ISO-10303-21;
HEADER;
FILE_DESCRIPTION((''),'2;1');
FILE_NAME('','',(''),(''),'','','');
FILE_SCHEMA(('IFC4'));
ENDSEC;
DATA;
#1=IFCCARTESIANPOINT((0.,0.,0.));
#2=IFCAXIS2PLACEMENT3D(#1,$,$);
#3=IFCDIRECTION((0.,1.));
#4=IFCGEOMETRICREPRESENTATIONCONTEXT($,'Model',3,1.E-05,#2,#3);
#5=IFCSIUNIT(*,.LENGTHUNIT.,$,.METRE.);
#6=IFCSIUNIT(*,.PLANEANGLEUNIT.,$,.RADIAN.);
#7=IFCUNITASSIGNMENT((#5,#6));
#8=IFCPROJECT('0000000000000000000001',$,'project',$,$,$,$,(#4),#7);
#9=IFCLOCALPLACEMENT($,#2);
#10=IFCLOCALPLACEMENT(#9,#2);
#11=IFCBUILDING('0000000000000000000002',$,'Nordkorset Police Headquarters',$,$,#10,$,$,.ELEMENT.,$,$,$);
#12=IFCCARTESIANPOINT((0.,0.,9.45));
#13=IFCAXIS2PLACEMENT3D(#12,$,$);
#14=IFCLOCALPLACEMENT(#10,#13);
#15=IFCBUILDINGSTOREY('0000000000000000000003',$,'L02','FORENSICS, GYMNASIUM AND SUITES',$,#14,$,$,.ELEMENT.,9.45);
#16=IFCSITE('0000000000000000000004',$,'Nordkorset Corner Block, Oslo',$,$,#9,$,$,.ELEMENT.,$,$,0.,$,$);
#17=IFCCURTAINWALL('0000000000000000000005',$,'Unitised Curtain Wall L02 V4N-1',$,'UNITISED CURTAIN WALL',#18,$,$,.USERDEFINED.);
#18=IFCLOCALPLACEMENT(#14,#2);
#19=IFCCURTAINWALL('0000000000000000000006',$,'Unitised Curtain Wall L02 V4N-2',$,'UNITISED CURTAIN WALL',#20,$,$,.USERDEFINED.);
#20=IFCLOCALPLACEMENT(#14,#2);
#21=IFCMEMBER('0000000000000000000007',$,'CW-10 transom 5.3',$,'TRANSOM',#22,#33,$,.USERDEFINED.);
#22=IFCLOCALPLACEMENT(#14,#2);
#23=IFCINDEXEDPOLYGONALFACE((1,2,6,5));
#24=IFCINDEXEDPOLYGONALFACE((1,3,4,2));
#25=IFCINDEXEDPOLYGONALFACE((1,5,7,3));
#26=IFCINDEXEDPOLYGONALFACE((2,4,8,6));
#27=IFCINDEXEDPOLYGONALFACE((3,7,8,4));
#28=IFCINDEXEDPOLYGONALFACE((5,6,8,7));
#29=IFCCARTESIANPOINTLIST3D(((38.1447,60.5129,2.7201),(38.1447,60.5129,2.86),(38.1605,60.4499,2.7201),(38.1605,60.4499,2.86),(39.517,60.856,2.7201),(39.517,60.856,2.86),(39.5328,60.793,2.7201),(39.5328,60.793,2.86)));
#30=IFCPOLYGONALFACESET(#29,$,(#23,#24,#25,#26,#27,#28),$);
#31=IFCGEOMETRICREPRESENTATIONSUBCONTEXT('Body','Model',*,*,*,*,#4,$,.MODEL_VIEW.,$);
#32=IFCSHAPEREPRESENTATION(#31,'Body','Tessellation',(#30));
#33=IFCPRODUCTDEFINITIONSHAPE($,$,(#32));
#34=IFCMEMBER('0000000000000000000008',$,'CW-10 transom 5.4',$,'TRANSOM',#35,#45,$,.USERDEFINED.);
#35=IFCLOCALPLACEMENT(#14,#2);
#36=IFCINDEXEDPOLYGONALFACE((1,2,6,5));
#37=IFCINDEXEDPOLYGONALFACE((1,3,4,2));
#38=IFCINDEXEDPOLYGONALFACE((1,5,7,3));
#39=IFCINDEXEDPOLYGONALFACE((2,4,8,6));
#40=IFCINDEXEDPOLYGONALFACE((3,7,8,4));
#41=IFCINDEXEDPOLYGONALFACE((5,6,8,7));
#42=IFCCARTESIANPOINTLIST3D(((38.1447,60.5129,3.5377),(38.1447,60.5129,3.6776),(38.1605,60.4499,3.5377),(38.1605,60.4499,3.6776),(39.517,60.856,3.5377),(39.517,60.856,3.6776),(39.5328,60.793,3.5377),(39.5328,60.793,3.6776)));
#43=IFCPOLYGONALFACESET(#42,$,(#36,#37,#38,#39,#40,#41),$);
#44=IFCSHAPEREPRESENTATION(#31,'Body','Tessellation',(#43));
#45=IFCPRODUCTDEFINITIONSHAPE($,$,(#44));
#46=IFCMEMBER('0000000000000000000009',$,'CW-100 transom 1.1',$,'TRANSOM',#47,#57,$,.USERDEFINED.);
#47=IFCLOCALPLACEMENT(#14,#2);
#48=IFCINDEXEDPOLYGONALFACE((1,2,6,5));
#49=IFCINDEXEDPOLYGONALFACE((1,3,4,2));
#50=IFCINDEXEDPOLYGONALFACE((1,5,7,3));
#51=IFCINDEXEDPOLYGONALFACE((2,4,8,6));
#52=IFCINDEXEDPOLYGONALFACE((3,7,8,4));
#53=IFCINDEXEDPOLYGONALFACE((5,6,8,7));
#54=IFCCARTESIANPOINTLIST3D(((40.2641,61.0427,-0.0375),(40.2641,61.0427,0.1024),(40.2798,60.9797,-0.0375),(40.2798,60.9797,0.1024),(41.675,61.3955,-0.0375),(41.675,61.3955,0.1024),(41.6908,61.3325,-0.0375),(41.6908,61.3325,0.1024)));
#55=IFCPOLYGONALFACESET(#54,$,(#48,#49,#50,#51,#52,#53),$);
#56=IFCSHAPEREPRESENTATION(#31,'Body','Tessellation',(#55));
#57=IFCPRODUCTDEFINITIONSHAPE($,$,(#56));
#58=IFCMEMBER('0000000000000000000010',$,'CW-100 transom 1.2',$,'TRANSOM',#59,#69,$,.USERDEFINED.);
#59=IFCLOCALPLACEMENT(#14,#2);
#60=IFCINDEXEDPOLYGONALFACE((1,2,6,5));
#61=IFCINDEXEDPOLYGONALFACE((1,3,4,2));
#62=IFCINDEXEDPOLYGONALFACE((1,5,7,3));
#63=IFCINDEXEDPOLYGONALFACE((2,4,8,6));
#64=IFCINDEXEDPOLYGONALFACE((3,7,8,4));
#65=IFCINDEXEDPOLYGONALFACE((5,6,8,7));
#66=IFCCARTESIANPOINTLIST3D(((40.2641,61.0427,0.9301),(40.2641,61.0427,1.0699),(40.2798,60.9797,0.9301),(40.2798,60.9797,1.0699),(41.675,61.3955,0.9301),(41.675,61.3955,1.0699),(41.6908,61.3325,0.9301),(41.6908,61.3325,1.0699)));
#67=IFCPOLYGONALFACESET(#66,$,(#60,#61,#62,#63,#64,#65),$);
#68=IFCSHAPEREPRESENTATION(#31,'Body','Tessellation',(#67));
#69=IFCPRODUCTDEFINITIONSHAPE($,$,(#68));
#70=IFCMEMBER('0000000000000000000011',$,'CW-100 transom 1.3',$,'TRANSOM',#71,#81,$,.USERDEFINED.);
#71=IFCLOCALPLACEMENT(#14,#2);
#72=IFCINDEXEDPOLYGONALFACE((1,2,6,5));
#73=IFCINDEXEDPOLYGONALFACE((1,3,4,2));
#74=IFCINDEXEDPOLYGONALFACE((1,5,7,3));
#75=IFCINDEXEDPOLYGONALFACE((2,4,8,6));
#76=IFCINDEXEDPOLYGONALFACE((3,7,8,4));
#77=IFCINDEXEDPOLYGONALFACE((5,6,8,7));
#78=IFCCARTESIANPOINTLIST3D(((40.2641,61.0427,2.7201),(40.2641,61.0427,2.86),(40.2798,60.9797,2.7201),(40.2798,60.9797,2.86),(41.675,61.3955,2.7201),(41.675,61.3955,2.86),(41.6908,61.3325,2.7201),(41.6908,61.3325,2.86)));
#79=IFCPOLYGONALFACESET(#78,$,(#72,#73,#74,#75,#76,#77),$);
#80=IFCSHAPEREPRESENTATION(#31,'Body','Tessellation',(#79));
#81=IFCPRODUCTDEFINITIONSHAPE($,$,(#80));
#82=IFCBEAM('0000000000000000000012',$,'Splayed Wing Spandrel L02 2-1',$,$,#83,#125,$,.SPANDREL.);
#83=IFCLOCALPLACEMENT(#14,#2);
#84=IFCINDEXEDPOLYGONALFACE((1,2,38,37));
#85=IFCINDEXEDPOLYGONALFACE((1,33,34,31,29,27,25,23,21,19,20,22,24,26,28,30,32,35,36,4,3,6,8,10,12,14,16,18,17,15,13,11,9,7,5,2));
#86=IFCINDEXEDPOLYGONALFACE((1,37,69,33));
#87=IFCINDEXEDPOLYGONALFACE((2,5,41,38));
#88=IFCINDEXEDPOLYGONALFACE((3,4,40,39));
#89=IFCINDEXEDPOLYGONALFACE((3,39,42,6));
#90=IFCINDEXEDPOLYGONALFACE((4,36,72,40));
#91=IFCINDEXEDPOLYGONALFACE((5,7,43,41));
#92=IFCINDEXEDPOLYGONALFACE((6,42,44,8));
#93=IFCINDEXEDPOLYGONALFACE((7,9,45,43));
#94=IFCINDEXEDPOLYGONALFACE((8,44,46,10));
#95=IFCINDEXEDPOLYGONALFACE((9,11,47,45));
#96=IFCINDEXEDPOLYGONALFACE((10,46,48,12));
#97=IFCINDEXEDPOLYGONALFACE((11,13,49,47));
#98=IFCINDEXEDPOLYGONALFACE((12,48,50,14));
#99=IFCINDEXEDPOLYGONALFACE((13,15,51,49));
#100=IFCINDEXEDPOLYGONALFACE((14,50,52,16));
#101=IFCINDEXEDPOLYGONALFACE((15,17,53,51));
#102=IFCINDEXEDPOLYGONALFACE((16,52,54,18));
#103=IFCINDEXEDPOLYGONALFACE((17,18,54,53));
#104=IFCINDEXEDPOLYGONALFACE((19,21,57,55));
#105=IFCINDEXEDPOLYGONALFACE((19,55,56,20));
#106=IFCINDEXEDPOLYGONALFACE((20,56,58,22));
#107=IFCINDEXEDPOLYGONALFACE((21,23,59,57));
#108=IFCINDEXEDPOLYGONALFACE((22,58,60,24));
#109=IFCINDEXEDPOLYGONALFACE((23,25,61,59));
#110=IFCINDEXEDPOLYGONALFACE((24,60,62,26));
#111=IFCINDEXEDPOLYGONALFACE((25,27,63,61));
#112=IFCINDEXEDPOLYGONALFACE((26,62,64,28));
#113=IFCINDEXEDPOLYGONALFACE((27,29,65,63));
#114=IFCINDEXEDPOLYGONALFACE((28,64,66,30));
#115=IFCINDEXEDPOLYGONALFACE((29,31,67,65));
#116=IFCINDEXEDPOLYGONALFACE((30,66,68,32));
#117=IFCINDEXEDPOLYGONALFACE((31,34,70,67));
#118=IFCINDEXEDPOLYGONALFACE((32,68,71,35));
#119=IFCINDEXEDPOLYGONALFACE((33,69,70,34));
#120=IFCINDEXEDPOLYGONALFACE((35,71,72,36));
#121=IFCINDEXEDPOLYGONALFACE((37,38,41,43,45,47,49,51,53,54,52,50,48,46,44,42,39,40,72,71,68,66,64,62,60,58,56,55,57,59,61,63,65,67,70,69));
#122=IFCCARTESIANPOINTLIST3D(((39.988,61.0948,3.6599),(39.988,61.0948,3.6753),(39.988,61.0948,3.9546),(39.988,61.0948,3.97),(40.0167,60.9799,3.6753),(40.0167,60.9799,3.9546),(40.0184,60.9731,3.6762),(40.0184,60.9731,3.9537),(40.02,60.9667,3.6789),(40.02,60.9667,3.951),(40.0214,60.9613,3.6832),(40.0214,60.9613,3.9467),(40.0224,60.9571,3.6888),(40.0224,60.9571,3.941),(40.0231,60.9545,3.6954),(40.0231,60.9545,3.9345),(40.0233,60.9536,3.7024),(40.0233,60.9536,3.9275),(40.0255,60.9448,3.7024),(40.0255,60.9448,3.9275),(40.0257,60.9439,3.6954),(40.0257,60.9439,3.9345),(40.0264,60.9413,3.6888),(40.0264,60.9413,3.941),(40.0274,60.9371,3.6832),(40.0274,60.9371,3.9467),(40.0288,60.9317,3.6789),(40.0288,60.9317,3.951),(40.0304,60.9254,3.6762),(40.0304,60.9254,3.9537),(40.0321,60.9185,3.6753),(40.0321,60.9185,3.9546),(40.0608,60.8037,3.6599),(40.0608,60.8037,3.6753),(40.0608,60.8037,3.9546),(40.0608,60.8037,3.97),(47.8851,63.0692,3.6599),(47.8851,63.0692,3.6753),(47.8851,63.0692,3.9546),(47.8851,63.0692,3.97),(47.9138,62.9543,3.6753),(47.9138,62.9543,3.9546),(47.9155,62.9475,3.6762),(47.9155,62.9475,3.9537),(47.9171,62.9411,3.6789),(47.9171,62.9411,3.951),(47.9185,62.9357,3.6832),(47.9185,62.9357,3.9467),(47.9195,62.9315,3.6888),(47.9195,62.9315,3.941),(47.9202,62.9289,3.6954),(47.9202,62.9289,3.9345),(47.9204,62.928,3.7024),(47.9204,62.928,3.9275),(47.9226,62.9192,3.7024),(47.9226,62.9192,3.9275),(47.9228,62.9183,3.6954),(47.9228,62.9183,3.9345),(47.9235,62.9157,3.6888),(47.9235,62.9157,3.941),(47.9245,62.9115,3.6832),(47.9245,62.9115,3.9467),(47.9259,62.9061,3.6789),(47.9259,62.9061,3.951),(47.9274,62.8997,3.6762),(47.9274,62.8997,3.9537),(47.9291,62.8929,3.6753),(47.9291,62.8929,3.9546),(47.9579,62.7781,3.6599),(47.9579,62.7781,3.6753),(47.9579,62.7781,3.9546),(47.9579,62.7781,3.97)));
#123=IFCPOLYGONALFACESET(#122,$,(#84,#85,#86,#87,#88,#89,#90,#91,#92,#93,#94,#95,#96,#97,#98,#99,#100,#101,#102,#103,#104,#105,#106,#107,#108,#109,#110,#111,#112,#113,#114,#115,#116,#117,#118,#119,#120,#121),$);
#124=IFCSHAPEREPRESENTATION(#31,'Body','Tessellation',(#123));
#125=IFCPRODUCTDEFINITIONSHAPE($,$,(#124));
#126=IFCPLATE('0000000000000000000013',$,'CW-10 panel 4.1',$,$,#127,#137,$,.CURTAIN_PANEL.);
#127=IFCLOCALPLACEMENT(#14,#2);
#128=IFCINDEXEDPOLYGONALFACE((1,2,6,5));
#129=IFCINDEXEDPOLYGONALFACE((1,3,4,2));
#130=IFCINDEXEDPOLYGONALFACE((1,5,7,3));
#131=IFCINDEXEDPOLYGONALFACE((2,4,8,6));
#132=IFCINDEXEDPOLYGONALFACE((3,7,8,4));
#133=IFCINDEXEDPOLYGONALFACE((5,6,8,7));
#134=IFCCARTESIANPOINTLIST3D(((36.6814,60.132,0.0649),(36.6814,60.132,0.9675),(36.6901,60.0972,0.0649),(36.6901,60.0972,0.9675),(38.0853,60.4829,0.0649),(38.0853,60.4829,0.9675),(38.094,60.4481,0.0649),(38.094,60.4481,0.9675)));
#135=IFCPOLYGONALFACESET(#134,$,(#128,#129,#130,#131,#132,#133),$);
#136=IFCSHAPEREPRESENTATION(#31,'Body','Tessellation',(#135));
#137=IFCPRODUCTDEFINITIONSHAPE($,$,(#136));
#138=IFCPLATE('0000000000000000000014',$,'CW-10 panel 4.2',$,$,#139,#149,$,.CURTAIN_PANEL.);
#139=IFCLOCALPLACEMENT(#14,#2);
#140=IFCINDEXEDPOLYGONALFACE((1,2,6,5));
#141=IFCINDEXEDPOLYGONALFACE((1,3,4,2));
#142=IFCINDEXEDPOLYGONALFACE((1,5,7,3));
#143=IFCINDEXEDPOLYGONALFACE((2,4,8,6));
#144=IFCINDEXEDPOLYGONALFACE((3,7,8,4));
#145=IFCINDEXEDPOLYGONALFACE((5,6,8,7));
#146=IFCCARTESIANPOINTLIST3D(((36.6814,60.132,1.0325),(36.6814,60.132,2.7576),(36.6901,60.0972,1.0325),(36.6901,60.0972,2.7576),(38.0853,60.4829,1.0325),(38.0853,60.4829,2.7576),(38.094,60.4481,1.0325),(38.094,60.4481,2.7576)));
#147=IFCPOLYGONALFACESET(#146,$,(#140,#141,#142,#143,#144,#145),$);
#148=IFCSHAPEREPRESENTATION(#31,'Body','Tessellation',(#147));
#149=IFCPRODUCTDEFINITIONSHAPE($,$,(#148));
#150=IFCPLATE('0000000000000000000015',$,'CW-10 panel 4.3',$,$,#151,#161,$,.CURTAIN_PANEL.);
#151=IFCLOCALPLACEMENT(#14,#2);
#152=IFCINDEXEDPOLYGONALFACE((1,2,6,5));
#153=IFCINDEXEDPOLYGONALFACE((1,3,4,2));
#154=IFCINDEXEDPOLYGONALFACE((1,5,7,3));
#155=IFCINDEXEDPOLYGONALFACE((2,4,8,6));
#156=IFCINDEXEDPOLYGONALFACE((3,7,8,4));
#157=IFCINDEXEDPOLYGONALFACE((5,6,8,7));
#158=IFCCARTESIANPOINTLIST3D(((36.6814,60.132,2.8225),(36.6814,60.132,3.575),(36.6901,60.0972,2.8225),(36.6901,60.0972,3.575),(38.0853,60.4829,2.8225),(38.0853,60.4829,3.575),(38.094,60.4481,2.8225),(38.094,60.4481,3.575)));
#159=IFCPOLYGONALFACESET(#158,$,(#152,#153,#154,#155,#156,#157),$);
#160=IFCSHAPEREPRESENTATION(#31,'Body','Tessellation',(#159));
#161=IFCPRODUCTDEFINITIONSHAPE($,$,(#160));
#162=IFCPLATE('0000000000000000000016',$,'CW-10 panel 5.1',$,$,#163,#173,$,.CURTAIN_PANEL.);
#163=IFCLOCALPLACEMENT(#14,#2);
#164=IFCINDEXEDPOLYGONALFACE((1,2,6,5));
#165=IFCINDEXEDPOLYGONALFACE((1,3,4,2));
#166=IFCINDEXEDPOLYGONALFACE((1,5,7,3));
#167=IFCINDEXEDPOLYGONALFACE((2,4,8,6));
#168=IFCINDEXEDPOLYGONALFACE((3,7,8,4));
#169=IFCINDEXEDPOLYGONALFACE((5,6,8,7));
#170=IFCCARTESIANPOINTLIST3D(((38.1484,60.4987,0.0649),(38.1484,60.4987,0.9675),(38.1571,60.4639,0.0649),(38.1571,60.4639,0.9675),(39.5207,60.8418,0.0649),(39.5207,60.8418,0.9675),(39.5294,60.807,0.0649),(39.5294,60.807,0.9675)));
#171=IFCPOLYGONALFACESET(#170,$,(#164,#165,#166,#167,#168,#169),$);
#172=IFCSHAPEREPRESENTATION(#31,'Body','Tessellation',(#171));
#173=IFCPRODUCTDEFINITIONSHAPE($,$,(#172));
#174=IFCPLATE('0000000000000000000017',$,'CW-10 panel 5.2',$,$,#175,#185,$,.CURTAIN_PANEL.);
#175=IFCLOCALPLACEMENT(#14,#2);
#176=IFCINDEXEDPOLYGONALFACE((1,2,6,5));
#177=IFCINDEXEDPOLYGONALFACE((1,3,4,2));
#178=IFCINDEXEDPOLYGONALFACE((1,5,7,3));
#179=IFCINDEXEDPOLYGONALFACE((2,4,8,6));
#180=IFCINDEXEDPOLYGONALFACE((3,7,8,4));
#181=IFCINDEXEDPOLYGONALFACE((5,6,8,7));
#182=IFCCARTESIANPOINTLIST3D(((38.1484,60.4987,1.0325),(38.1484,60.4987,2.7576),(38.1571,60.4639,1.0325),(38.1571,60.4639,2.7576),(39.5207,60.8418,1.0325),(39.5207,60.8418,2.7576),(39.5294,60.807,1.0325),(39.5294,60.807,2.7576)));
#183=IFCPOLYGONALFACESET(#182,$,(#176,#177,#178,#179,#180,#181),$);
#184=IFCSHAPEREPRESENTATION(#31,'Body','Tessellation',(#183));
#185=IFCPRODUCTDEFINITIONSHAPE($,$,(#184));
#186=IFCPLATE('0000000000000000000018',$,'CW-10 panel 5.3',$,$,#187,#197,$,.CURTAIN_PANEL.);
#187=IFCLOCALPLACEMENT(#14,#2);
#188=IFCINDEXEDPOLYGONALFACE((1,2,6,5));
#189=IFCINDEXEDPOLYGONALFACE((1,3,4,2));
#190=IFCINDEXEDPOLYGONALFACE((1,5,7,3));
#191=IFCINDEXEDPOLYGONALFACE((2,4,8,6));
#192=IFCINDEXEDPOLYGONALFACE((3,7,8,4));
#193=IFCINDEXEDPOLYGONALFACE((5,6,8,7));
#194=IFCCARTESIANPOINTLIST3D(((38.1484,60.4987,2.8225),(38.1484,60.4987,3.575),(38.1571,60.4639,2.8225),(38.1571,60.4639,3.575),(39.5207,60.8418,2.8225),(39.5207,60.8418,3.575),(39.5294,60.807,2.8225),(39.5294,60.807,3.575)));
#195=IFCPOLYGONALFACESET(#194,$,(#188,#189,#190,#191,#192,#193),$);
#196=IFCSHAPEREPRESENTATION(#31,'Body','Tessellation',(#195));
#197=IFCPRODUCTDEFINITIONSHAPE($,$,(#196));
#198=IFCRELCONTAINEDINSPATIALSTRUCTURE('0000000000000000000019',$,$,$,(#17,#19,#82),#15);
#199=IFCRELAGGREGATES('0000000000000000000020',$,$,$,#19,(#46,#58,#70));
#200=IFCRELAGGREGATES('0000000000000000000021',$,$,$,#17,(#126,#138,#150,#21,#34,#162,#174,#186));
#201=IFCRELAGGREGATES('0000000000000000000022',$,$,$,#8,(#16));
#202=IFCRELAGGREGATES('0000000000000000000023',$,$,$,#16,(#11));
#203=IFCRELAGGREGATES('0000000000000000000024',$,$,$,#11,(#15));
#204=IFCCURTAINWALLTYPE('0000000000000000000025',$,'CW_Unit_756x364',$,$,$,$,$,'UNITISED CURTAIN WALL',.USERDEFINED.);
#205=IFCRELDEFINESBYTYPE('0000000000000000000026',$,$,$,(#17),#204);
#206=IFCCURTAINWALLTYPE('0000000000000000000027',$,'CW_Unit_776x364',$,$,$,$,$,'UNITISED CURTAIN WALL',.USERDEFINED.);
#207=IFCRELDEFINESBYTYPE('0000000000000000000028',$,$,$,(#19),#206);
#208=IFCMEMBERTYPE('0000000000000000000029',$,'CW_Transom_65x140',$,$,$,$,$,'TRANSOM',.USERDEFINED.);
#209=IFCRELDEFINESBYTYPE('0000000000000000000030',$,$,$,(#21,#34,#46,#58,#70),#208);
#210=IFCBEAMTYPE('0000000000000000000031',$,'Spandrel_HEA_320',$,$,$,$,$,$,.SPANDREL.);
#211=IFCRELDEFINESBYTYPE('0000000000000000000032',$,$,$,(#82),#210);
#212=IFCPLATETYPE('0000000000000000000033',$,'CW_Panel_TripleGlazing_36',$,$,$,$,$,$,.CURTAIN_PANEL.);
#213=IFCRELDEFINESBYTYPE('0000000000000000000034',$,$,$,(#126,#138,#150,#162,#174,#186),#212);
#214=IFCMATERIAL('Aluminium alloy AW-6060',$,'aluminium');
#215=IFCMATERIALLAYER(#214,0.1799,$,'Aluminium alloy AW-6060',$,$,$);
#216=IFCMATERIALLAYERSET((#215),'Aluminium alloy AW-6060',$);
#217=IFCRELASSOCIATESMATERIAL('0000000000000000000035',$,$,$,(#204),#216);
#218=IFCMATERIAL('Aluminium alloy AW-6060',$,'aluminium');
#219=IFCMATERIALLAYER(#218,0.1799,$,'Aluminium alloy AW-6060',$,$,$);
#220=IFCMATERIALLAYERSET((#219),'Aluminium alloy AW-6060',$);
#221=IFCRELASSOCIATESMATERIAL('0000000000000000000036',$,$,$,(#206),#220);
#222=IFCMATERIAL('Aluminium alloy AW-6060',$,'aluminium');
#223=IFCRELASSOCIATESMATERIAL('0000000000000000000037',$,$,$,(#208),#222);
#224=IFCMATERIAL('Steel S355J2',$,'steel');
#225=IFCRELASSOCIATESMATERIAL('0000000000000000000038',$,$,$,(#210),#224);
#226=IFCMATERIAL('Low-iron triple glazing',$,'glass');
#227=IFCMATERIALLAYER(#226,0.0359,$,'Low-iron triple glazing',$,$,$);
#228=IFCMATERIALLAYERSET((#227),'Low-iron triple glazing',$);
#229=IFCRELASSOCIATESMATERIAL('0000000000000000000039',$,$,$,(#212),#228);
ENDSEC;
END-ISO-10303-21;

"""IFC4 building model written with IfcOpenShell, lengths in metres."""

from ifc_helpers import new_model, si_unit, direction, frame, origin, origin_2d, place, context, subcontext, project, spatial, rectangle, i_section, extrude, material, layer, layer_set, material_profile, profile_set, type_object, element, aggregate, save


model = new_model("IFC4")

# Units and contexts
model_context = context("Model", 3, precision=1e-05, world=origin(), true_north=direction((0.0, 1.0)))
body_context = subcontext(model_context, "Body", "Model", "MODEL_VIEW")
ifc_project = project(units=[si_unit("LENGTHUNIT", "METRE"), si_unit("PLANEANGLEUNIT", "RADIAN")], contexts=[model_context])

# Site, building, storey
site_placement = place(None, origin())
site = spatial("IfcSite", under=ifc_project, at=site_placement, Name="Nordkorset Corner Block, Oslo", CompositionType="ELEMENT", RefElevation=0.0)
building_placement = place(site_placement, origin())
building = spatial("IfcBuilding", under=site, at=building_placement, Name="Nordkorset Police Headquarters", CompositionType="ELEMENT")
storey_placement = place(building_placement, frame((0.0, 0.0, 9.45)))
storey = spatial("IfcBuildingStorey", under=building, at=storey_placement, Name="L02", Description="FORENSICS, GYMNASIUM AND SUITES", CompositionType="ELEMENT", Elevation=9.45)

# Curtain wall
ifc_material_1 = material(Name="Aluminium alloy AW-6060", Category="aluminium")
ifc_layer_1 = layer(ifc_material_1, 0.1799, Name="Aluminium alloy AW-6060")
ifc_layer_set_1 = layer_set([ifc_layer_1], Name="Aluminium alloy AW-6060")
curtain_wall_type_1 = type_object("IfcCurtainWallType", Name="CW_Unit_756x364", ElementType="UNITISED CURTAIN WALL", PredefinedType="USERDEFINED", material=ifc_layer_set_1)
curtain_wall_1_placement = place(storey_placement, origin())
curtain_wall_1 = element("IfcCurtainWall", 1, at=curtain_wall_1_placement, inside=storey, type_object=curtain_wall_type_1, Name="Unitised Curtain Wall L02 V4N-1", ObjectType="UNITISED CURTAIN WALL", PredefinedType="USERDEFINED")

# Curtain wall
ifc_material_2 = material(Name="Aluminium alloy AW-6060", Category="aluminium")
ifc_layer_2 = layer(ifc_material_2, 0.1799, Name="Aluminium alloy AW-6060")
ifc_layer_set_2 = layer_set([ifc_layer_2], Name="Aluminium alloy AW-6060")
curtain_wall_type_2 = type_object("IfcCurtainWallType", Name="CW_Unit_776x364", ElementType="UNITISED CURTAIN WALL", PredefinedType="USERDEFINED", material=ifc_layer_set_2)
curtain_wall_2_placement = place(storey_placement, origin())
curtain_wall_2 = element("IfcCurtainWall", 2, at=curtain_wall_2_placement, inside=storey, type_object=curtain_wall_type_2, Name="Unitised Curtain Wall L02 V4N-2", ObjectType="UNITISED CURTAIN WALL", PredefinedType="USERDEFINED")

# Members
ifc_material_3 = material(Name="Aluminium alloy AW-6060", Category="aluminium")
ifc_material_profile_1 = material_profile(ifc_material_3, rectangle(XDim=0.0649, YDim=0.1399, at=origin_2d()), Name="ALU TRAN 65x140")
ifc_profile_set_1 = profile_set([ifc_material_profile_1], Name="Aluminium alloy AW-6060")
member_type_1 = type_object("IfcMemberType", Name="CW_Transom_65x140", ElementType="TRANSOM", PredefinedType="USERDEFINED", material=ifc_profile_set_1)
member_1_placement = place(storey_placement, frame((38.1526, 60.4814, 2.79), z_axis=(0.970153, 0.242495, 0.0), x_axis=(-0.242495, 0.970153, 0.0)))
member_1 = element("IfcMember", 3, at=member_1_placement, type_object=member_type_1, Name="CW-10 transom 5.3", ObjectType="TRANSOM", PredefinedType="USERDEFINED", context=body_context, shape_type="SweptSolid", body=[
    extrude(rectangle(XDim=0.0649, YDim=0.1399, at=origin_2d()), origin(), (0.0, 0.0, 1.0), 1.4146),
])
member_2_placement = place(storey_placement, frame((38.1526, 60.4814, 3.6077), z_axis=(0.970153, 0.242495, 0.0), x_axis=(-0.242495, 0.970153, 0.0)))
member_2 = element("IfcMember", 4, at=member_2_placement, type_object=member_type_1, Name="CW-10 transom 5.4", ObjectType="TRANSOM", PredefinedType="USERDEFINED", context=body_context, shape_type="SweptSolid", body=[
    extrude(rectangle(XDim=0.0649, YDim=0.1399, at=origin_2d()), origin(), (0.0, 0.0, 1.0), 1.4146),
])
member_3_placement = place(storey_placement, frame((40.272, 61.0112, 0.0325), z_axis=(0.970133, 0.242575, 0.0), x_axis=(-0.242575, 0.970133, 0.0)))
member_3 = element("IfcMember", 5, at=member_3_placement, type_object=member_type_1, Name="CW-100 transom 1.1", ObjectType="TRANSOM", PredefinedType="USERDEFINED", context=body_context, shape_type="SweptSolid", body=[
    extrude(rectangle(XDim=0.0649, YDim=0.1399, at=origin_2d()), origin(), (0.0, 0.0, 1.0), 1.4543),
])
member_4_placement = place(storey_placement, frame((40.272, 61.0112, 1.0), z_axis=(0.970133, 0.242575, 0.0), x_axis=(-0.242575, 0.970133, 0.0)))
member_4 = element("IfcMember", 6, at=member_4_placement, type_object=member_type_1, Name="CW-100 transom 1.2", ObjectType="TRANSOM", PredefinedType="USERDEFINED", context=body_context, shape_type="SweptSolid", body=[
    extrude(rectangle(XDim=0.0649, YDim=0.1399, at=origin_2d()), origin(), (0.0, 0.0, 1.0), 1.4543),
])
member_5_placement = place(storey_placement, frame((40.272, 61.0112, 2.79), z_axis=(0.970133, 0.242575, 0.0), x_axis=(-0.242575, 0.970133, 0.0)))
member_5 = element("IfcMember", 7, at=member_5_placement, type_object=member_type_1, Name="CW-100 transom 1.3", ObjectType="TRANSOM", PredefinedType="USERDEFINED", context=body_context, shape_type="SweptSolid", body=[
    extrude(rectangle(XDim=0.0649, YDim=0.1399, at=origin_2d()), origin(), (0.0, 0.0, 1.0), 1.4543),
])
aggregate(curtain_wall_2, [member_3, member_4, member_5])

# Beam
ifc_material_4 = material(Name="Steel S355J2", Category="steel")
ifc_material_profile_2 = material_profile(ifc_material_4, i_section(OverallWidth=0.3, OverallDepth=0.3101, WebThickness=0.009, FlangeThickness=0.0154, FilletRadius=0.0271, at=origin_2d()), Name="HEA 320")
ifc_profile_set_2 = profile_set([ifc_material_profile_2], Name="Steel S355J2")
beam_type = type_object("IfcBeamType", Name="Spandrel_HEA_320", PredefinedType="SPANDREL", material=ifc_profile_set_2)
beam_placement = place(storey_placement, frame((40.0244, 60.9492, 3.8149), z_axis=(0.970139, 0.24255, 0.0), x_axis=(-0.24255, 0.970139, 0.0)))
element("IfcBeam", 8, at=beam_placement, inside=storey, type_object=beam_type, Name="Splayed Wing Spandrel L02 2-1", PredefinedType="SPANDREL", context=body_context, shape_type="SweptSolid", body=[
    extrude(i_section(OverallWidth=0.3, OverallDepth=0.3101, WebThickness=0.009, FlangeThickness=0.0154, FilletRadius=0.0271, at=origin_2d()), origin(), (0.0, 0.0, 1.0), 8.1401),
])

# Plates
ifc_material_5 = material(Name="Low-iron triple glazing", Category="glass")
ifc_layer_3 = layer(ifc_material_5, 0.0359, Name="Low-iron triple glazing")
ifc_layer_set_3 = layer_set([ifc_layer_3], Name="Low-iron triple glazing")
plate_type = type_object("IfcPlateType", Name="CW_Panel_TripleGlazing_36", PredefinedType="CURTAIN_PANEL", material=ifc_layer_set_3)
plate_1_placement = place(storey_placement, frame((37.3877, 60.29, 0.0649), z_axis=(0.0, 0.0, 1.0), x_axis=(0.970143, 0.242536, 0.0)))
plate_1 = element("IfcPlate", 9, at=plate_1_placement, type_object=plate_type, Name="CW-10 panel 4.1", PredefinedType="CURTAIN_PANEL", context=body_context, shape_type="SweptSolid", body=[
    extrude(rectangle(XDim=1.447, YDim=0.0359, at=origin_2d()), origin(), (0.0, 0.0, 1.0), 0.9026),
])
plate_2_placement = place(storey_placement, frame((37.3877, 60.29, 1.0325), z_axis=(0.0, 0.0, 1.0), x_axis=(0.970143, 0.242536, 0.0)))
plate_2 = element("IfcPlate", 10, at=plate_2_placement, type_object=plate_type, Name="CW-10 panel 4.2", PredefinedType="CURTAIN_PANEL", context=body_context, shape_type="SweptSolid", body=[
    extrude(rectangle(XDim=1.447, YDim=0.0359, at=origin_2d()), origin(), (0.0, 0.0, 1.0), 1.7251),
])
plate_3_placement = place(storey_placement, frame((37.3877, 60.29, 2.8225), z_axis=(0.0, 0.0, 1.0), x_axis=(0.970143, 0.242536, 0.0)))
plate_3 = element("IfcPlate", 11, at=plate_3_placement, type_object=plate_type, Name="CW-10 panel 4.3", PredefinedType="CURTAIN_PANEL", context=body_context, shape_type="SweptSolid", body=[
    extrude(rectangle(XDim=1.447, YDim=0.0359, at=origin_2d()), origin(), (0.0, 0.0, 1.0), 0.7524),
])
plate_4_placement = place(storey_placement, frame((38.8389, 60.6528, 0.0649), z_axis=(0.0, 0.0, 1.0), x_axis=(0.970143, 0.242536, 0.0)))
plate_4 = element("IfcPlate", 12, at=plate_4_placement, type_object=plate_type, Name="CW-10 panel 5.1", PredefinedType="CURTAIN_PANEL", context=body_context, shape_type="SweptSolid", body=[
    extrude(rectangle(XDim=1.4146, YDim=0.0359, at=origin_2d()), origin(), (0.0, 0.0, 1.0), 0.9026),
])
plate_5_placement = place(storey_placement, frame((38.8389, 60.6528, 1.0325), z_axis=(0.0, 0.0, 1.0), x_axis=(0.970143, 0.242536, 0.0)))
plate_5 = element("IfcPlate", 13, at=plate_5_placement, type_object=plate_type, Name="CW-10 panel 5.2", PredefinedType="CURTAIN_PANEL", context=body_context, shape_type="SweptSolid", body=[
    extrude(rectangle(XDim=1.4146, YDim=0.0359, at=origin_2d()), origin(), (0.0, 0.0, 1.0), 1.7251),
])
plate_6_placement = place(storey_placement, frame((38.8389, 60.6528, 2.8225), z_axis=(0.0, 0.0, 1.0), x_axis=(0.970143, 0.242536, 0.0)))
plate_6 = element("IfcPlate", 14, at=plate_6_placement, type_object=plate_type, Name="CW-10 panel 5.3", PredefinedType="CURTAIN_PANEL", context=body_context, shape_type="SweptSolid", body=[
    extrude(rectangle(XDim=1.4146, YDim=0.0359, at=origin_2d()), origin(), (0.0, 0.0, 1.0), 0.7524),
])
aggregate(curtain_wall_1, [plate_1, plate_2, plate_3, member_1, member_2, plate_4, plate_5, plate_6])

save(model, "model.ifc")
